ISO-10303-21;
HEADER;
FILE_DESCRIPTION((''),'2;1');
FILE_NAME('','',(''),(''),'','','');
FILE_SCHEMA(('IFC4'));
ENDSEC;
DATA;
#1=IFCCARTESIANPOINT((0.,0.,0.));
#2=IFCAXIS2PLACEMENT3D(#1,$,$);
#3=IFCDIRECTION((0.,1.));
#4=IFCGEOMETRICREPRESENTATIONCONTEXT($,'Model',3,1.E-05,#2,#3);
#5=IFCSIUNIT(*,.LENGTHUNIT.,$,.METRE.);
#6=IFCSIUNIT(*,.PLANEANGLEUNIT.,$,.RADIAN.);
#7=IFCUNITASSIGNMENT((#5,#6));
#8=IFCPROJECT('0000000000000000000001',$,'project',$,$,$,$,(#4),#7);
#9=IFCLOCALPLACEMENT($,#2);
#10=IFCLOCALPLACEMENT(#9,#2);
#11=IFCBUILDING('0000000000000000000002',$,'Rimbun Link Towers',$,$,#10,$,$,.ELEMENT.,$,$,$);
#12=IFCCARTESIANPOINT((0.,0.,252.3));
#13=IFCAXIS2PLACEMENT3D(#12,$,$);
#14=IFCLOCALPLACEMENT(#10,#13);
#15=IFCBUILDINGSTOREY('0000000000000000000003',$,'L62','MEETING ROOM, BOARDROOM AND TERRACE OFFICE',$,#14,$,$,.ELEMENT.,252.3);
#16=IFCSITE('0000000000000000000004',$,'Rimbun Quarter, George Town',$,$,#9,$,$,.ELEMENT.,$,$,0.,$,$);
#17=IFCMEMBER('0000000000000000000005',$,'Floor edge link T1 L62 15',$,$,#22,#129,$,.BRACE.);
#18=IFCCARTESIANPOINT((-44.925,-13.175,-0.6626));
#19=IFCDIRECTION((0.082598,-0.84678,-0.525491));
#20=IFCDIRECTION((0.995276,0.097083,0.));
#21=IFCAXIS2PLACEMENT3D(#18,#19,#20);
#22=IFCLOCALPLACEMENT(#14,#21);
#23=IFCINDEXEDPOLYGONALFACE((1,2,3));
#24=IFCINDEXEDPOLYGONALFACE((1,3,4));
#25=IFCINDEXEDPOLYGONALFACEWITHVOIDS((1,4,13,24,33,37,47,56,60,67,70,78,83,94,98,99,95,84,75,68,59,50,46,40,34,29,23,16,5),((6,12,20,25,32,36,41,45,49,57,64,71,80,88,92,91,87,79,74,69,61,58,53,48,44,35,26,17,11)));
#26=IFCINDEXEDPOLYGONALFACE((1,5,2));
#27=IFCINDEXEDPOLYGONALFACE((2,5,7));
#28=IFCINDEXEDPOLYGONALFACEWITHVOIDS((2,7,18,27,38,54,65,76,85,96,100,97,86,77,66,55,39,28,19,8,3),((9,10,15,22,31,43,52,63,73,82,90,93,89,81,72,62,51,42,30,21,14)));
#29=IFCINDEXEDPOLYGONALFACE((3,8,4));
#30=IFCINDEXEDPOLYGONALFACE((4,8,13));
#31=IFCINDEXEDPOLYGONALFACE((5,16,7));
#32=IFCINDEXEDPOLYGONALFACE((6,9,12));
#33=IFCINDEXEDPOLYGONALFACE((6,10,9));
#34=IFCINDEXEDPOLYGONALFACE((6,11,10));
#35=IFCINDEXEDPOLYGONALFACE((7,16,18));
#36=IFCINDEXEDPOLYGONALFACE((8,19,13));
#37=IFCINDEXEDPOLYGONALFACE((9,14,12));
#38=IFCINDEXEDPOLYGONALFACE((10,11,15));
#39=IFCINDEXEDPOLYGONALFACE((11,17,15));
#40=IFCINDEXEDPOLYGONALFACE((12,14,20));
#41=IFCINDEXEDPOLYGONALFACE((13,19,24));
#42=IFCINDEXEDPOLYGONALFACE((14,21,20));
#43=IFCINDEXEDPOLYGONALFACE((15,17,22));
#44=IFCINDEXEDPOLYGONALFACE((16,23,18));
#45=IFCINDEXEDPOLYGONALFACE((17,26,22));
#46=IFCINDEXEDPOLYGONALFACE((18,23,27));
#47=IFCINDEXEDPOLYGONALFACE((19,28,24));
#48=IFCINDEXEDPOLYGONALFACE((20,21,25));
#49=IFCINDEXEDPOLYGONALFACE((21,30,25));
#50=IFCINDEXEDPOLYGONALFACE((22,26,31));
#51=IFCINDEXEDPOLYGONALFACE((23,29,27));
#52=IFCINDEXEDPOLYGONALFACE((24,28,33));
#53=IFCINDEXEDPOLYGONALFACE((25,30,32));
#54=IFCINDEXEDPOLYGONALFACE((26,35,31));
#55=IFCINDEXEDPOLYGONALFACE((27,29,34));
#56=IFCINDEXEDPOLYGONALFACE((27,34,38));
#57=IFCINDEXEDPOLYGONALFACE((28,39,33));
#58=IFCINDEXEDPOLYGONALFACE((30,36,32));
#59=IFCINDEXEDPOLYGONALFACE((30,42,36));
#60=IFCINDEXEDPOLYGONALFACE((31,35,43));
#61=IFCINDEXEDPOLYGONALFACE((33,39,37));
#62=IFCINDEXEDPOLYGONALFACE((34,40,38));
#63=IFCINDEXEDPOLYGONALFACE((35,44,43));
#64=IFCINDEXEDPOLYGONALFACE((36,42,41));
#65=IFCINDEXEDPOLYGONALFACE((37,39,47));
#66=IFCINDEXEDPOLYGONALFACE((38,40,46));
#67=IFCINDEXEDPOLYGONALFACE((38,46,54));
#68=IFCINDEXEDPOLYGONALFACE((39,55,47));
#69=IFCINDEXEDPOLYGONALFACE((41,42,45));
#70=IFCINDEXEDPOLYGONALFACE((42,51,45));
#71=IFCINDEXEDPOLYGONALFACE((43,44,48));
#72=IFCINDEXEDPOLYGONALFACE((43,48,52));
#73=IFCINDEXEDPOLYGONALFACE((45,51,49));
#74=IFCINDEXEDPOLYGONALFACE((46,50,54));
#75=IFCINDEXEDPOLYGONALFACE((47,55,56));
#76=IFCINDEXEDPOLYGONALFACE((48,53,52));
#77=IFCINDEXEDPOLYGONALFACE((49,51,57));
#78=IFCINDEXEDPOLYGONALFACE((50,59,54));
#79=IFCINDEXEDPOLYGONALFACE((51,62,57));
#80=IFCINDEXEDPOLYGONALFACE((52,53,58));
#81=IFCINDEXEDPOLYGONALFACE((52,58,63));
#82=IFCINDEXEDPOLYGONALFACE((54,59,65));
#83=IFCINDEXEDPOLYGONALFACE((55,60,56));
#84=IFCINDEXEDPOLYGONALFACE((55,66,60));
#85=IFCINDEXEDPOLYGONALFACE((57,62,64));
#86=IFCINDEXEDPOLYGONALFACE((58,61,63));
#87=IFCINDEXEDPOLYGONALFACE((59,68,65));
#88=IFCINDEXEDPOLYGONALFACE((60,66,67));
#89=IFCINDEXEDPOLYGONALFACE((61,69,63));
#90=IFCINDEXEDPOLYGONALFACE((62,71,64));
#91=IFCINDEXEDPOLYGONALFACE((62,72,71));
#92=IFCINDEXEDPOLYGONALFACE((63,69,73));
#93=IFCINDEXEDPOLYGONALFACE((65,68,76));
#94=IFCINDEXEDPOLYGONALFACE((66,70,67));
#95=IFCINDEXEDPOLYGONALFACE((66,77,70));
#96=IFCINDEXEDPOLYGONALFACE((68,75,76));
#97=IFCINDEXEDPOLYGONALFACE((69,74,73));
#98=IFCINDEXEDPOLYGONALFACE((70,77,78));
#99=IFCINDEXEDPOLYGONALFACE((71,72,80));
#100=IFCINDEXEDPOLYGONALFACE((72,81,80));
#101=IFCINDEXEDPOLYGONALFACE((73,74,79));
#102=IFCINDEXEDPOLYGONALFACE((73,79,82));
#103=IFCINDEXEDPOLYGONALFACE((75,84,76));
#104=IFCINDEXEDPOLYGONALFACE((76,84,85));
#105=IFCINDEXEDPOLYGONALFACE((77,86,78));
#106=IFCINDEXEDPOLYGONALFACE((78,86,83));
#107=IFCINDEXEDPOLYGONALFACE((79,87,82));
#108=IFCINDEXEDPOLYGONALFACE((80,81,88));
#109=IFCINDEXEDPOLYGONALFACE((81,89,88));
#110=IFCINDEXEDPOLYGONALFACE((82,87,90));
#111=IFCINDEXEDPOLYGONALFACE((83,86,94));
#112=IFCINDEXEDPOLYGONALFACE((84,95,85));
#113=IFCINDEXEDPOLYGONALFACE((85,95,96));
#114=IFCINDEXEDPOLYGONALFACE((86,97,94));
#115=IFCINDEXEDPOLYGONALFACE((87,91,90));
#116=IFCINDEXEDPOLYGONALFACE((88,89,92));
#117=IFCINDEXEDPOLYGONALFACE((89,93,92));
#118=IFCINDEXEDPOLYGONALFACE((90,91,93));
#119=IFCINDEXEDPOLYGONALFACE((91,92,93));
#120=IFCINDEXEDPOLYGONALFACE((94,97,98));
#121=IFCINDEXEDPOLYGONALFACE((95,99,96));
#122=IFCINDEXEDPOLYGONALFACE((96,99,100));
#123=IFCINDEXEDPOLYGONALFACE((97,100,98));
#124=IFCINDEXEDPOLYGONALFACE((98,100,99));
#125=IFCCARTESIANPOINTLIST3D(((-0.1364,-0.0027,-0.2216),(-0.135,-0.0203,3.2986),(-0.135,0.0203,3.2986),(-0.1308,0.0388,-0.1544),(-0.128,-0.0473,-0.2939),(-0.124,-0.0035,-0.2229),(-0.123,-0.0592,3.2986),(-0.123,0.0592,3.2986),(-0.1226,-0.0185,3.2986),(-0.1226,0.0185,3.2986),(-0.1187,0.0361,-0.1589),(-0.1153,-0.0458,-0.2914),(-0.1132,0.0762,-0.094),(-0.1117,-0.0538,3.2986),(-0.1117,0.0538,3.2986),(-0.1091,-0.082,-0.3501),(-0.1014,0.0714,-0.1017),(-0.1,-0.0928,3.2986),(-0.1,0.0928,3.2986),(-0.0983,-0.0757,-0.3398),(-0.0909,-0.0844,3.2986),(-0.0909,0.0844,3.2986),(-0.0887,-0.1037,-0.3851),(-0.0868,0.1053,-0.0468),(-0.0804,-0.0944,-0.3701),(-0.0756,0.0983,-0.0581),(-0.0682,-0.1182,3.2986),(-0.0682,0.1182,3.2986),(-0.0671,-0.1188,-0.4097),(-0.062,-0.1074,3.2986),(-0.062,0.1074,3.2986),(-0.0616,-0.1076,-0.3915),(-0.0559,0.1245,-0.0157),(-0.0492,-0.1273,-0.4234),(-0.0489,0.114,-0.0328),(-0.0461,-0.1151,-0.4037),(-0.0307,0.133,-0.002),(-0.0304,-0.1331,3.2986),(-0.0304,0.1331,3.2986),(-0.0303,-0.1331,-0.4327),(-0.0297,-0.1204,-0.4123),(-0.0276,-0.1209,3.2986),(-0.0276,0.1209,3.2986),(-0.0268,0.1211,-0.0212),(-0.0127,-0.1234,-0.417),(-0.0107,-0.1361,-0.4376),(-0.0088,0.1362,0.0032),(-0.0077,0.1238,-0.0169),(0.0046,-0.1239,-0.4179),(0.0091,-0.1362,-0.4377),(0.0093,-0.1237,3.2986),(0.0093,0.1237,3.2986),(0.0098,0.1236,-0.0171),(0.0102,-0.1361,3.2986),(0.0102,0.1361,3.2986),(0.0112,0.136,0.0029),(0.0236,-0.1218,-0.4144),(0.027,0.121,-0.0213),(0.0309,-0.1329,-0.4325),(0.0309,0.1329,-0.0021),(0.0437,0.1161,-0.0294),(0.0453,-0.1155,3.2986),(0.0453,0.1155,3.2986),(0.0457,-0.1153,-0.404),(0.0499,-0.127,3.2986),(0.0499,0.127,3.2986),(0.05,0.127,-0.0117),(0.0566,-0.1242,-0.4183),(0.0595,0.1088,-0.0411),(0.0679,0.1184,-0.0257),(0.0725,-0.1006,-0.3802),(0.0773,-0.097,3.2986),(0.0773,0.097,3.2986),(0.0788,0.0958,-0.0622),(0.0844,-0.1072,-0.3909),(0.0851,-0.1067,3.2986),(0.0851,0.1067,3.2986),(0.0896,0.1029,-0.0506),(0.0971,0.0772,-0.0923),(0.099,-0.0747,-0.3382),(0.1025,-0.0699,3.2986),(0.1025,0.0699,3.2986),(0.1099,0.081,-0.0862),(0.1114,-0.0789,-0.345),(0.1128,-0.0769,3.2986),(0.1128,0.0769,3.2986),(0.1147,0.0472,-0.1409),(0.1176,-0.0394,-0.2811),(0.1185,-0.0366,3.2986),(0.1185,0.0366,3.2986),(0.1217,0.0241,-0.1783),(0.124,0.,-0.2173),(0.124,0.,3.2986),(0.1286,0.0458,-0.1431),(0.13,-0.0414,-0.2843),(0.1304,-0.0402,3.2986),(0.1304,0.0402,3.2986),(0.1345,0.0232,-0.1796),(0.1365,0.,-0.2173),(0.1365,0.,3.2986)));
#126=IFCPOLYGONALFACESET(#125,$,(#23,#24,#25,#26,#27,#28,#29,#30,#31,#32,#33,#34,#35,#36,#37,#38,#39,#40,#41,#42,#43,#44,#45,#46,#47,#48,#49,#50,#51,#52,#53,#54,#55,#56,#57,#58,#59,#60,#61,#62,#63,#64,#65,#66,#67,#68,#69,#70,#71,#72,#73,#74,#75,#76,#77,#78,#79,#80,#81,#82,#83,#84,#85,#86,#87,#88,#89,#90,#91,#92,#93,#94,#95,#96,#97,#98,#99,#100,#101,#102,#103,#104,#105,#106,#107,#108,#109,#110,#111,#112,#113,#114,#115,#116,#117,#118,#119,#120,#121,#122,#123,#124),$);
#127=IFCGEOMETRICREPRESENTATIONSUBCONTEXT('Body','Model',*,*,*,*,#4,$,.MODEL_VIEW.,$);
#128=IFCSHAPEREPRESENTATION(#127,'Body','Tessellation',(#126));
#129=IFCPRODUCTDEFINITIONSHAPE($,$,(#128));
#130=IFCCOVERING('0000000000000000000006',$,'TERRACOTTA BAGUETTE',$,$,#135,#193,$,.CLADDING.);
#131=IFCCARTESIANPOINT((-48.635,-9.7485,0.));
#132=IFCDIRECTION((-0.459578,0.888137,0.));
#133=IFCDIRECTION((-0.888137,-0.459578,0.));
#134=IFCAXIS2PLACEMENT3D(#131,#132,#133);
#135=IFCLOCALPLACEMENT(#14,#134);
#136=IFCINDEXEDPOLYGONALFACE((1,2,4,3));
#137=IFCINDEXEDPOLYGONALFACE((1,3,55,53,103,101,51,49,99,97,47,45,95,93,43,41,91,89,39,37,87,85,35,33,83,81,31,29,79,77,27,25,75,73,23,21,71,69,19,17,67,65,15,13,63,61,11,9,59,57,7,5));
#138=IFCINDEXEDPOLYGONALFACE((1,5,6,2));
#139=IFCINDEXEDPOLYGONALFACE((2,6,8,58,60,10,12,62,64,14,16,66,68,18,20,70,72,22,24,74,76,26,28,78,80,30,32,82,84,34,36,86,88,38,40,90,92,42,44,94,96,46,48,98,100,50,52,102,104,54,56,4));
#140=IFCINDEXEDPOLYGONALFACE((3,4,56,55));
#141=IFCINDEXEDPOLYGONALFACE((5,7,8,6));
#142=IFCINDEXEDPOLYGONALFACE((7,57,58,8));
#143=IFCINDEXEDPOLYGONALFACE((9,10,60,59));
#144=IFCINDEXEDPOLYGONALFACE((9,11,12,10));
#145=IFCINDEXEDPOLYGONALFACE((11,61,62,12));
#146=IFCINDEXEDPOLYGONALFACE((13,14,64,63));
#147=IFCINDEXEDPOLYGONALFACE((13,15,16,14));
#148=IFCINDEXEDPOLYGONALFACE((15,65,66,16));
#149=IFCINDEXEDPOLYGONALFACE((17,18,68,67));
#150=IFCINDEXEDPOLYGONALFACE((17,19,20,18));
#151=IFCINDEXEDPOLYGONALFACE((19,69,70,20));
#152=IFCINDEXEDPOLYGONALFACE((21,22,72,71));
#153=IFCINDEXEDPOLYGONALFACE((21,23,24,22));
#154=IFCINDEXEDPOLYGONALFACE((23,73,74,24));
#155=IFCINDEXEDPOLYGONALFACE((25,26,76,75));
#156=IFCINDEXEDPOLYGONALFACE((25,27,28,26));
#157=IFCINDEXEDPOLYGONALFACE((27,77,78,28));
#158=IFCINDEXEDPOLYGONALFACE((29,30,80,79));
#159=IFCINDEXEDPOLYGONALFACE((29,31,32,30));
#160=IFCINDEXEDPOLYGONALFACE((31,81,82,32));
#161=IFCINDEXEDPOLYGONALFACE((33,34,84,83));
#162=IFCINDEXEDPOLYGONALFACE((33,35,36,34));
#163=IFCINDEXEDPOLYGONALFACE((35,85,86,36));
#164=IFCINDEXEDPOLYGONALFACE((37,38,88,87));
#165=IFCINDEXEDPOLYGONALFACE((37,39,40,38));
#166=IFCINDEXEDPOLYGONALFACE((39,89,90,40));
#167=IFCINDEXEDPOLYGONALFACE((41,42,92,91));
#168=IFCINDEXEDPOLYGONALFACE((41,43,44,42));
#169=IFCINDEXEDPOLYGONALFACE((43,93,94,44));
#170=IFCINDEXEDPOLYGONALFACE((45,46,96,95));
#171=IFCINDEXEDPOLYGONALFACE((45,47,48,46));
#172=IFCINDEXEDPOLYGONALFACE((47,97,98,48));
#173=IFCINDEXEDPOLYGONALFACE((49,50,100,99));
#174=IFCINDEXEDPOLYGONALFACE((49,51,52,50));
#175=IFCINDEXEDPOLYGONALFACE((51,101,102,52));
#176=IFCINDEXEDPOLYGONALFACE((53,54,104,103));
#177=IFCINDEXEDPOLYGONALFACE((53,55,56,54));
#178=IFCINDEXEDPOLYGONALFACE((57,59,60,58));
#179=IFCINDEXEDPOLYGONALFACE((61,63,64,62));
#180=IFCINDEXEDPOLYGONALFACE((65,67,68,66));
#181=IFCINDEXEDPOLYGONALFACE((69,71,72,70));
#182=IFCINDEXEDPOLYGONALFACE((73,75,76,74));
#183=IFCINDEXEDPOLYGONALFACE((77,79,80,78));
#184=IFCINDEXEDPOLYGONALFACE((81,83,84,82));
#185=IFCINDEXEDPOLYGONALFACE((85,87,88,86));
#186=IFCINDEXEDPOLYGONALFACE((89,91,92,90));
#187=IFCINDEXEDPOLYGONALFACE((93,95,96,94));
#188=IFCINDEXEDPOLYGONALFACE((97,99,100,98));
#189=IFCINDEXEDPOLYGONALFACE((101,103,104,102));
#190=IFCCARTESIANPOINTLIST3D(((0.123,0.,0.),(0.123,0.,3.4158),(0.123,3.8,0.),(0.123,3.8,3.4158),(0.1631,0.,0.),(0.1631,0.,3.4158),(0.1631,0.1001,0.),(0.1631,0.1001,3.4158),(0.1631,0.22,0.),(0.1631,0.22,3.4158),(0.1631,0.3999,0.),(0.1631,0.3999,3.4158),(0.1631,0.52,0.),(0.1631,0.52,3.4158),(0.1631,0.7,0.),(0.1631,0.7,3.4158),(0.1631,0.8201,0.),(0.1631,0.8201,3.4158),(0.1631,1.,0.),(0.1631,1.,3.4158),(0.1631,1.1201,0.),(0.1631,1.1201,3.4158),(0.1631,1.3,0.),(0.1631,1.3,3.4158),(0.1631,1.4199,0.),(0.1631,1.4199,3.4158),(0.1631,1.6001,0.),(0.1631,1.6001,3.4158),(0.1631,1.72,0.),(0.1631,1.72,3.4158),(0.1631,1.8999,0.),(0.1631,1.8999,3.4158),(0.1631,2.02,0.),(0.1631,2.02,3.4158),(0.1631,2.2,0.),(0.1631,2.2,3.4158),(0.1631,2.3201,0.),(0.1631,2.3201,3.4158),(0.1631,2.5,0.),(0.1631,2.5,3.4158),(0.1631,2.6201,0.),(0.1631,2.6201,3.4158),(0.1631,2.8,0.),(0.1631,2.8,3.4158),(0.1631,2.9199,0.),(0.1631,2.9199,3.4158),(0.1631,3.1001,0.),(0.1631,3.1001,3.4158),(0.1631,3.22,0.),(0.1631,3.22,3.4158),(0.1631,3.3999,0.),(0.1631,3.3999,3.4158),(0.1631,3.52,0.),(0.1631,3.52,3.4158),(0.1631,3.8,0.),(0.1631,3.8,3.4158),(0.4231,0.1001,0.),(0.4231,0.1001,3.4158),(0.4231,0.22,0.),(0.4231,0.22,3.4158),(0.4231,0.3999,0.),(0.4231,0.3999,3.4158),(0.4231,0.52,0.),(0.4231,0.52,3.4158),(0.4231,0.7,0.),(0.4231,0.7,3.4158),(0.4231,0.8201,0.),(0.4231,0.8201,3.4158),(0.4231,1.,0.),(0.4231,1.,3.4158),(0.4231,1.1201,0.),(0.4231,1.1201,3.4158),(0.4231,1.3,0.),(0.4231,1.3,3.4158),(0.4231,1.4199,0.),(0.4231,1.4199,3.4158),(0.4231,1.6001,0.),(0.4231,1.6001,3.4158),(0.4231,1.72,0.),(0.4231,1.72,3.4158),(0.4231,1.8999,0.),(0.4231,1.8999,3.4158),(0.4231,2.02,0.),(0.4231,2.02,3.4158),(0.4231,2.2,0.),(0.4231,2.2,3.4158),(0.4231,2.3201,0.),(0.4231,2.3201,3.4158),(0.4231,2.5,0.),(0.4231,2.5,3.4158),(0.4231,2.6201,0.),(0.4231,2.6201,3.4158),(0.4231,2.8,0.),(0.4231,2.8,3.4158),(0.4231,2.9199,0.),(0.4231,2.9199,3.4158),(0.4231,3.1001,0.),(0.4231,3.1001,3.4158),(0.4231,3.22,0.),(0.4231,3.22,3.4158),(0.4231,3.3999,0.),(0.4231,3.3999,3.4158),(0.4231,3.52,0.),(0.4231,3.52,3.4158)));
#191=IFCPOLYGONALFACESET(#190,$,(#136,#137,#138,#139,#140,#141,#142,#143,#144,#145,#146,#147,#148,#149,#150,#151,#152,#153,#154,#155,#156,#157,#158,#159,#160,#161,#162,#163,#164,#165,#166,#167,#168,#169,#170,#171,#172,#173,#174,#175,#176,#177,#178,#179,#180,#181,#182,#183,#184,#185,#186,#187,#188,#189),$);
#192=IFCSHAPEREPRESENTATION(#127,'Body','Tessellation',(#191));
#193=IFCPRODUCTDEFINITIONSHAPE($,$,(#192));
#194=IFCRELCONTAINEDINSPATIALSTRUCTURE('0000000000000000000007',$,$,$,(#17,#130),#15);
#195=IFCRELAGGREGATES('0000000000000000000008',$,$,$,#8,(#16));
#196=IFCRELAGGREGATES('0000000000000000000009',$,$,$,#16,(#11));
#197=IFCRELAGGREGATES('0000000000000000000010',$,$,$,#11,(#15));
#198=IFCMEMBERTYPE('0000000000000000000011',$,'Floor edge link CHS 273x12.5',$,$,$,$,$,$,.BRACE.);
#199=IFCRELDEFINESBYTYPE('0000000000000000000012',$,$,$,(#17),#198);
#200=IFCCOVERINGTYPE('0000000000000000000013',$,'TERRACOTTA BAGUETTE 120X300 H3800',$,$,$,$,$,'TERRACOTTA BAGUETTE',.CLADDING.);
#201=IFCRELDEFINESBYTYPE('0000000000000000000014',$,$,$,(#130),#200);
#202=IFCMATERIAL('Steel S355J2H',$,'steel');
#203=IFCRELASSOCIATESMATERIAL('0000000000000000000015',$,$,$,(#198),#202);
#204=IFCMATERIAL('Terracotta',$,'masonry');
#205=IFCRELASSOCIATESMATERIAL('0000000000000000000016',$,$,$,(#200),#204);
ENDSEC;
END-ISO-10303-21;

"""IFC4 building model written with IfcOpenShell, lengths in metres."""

from ifc_helpers import new_model, si_unit, direction, frame, origin, origin_2d, place, context, subcontext, project, spatial, polyline, hollow_circle, outline, extrude, clip, halfspace, material, material_profile, profile_set, type_object, element, save


model = new_model("IFC4")

# Units and contexts
model_context = context("Model", 3, precision=1e-05, world=origin(), true_north=direction((0.0, 1.0)))
body_context = subcontext(model_context, "Body", "Model", "MODEL_VIEW")
ifc_project = project(units=[si_unit("LENGTHUNIT", "METRE"), si_unit("PLANEANGLEUNIT", "RADIAN")], contexts=[model_context])

# Site, building, storey
site_placement = place(None, origin())
site = spatial("IfcSite", under=ifc_project, at=site_placement, Name="Rimbun Quarter, George Town", CompositionType="ELEMENT", RefElevation=0.0)
building_placement = place(site_placement, origin())
building = spatial("IfcBuilding", under=site, at=building_placement, Name="Rimbun Link Towers", CompositionType="ELEMENT")
storey_placement = place(building_placement, frame((0.0, 0.0, 252.3)))
storey = spatial("IfcBuildingStorey", under=building, at=storey_placement, Name="L62", Description="MEETING ROOM, BOARDROOM AND TERRACE OFFICE", CompositionType="ELEMENT", Elevation=252.3)

# Member
ifc_material_1 = material(Name="Steel S355J2H", Category="steel")
ifc_material_profile_1 = material_profile(ifc_material_1, hollow_circle(Radius=0.1365, WallThickness=0.0125, at=origin_2d()), Name="CHS 273x12.5")
ifc_profile_set_1 = profile_set([ifc_material_profile_1], Name="Steel S355J2H")
member_type_1 = type_object("IfcMemberType", Name="Floor edge link CHS 273x12.5", PredefinedType="BRACE", material=ifc_profile_set_1)
member_1_placement = place(storey_placement, frame((-44.925, -13.175, -0.6626), z_axis=(0.082598, -0.84678, -0.525491), x_axis=(0.995276, 0.097083, 0.0)))
element("IfcMember", 1, at=member_1_placement, inside=storey, type_object=member_type_1, Name="Floor edge link T1 L62 15", PredefinedType="BRACE", context=body_context, shape_type="Clipping", body=[
    clip(extrude(hollow_circle(Radius=0.1365, WallThickness=0.0125, at=origin_2d()), frame((0.0, 0.0, -0.4609)), (0.0, 0.0, 1.0), 3.7595), halfspace(frame((0.0, 0.0, -0.2173), z_axis=(0.0, 0.850799, -0.525491)), False)),
])

# Covering
ifc_material_2 = material(Name="Terracotta", Category="masonry")
ifc_material_profile_2 = material_profile(ifc_material_2, outline(polyline([(0.123, 0.0), (0.1631, 0.0), (0.1631, 0.1001), (0.4231, 0.1001), (0.4231, 0.22), (0.1631, 0.22), (0.1631, 0.3999), (0.4231, 0.3999), (0.4231, 0.52), (0.1631, 0.52), (0.1631, 0.7), (0.4231, 0.7), (0.4231, 0.8201), (0.1631, 0.8201), (0.1631, 1.0), (0.4231, 1.0), (0.4231, 1.1201), (0.1631, 1.1201), (0.1631, 1.3), (0.4231, 1.3), (0.4231, 1.4199), (0.1631, 1.4199), (0.1631, 1.6001), (0.4231, 1.6001), (0.4231, 1.72), (0.1631, 1.72), (0.1631, 1.8999), (0.4231, 1.8999), (0.4231, 2.02), (0.1631, 2.02), (0.1631, 2.2), (0.4231, 2.2), (0.4231, 2.3201), (0.1631, 2.3201), (0.1631, 2.5), (0.4231, 2.5), (0.4231, 2.6201), (0.1631, 2.6201), (0.1631, 2.8), (0.4231, 2.8), (0.4231, 2.9199), (0.1631, 2.9199), (0.1631, 3.1001), (0.4231, 3.1001), (0.4231, 3.22), (0.1631, 3.22), (0.1631, 3.3999), (0.4231, 3.3999), (0.4231, 3.52), (0.1631, 3.52), (0.1631, 3.8), (0.123, 3.8), (0.123, 0.0)])), Name="BAGUETTE 120X300")
ifc_profile_set_2 = profile_set([ifc_material_profile_2], Name="Terracotta")
covering_type = type_object("IfcCoveringType", Name="TERRACOTTA BAGUETTE 120X300 H3800", ElementType="TERRACOTTA BAGUETTE", PredefinedType="CLADDING", material=ifc_profile_set_2)
covering_1_placement = place(storey_placement, frame((-48.635, -9.7485, 0.0), z_axis=(-0.459578, 0.888137, 0.0), x_axis=(-0.888137, -0.459578, 0.0)))
element("IfcCovering", 2, at=covering_1_placement, inside=storey, type_object=covering_type, Name="TERRACOTTA BAGUETTE", PredefinedType="CLADDING", context=body_context, shape_type="SweptSolid", body=[
    extrude(outline(polyline([(0.123, 0.0), (0.1631, 0.0), (0.1631, 0.1001), (0.4231, 0.1001), (0.4231, 0.22), (0.1631, 0.22), (0.1631, 0.3999), (0.4231, 0.3999), (0.4231, 0.52), (0.1631, 0.52), (0.1631, 0.7), (0.4231, 0.7), (0.4231, 0.8201), (0.1631, 0.8201), (0.1631, 1.0), (0.4231, 1.0), (0.4231, 1.1201), (0.1631, 1.1201), (0.1631, 1.3), (0.4231, 1.3), (0.4231, 1.4199), (0.1631, 1.4199), (0.1631, 1.6001), (0.4231, 1.6001), (0.4231, 1.72), (0.1631, 1.72), (0.1631, 1.8999), (0.4231, 1.8999), (0.4231, 2.02), (0.1631, 2.02), (0.1631, 2.2), (0.4231, 2.2), (0.4231, 2.3201), (0.1631, 2.3201), (0.1631, 2.5), (0.4231, 2.5), (0.4231, 2.6201), (0.1631, 2.6201), (0.1631, 2.8), (0.4231, 2.8), (0.4231, 2.9199), (0.1631, 2.9199), (0.1631, 3.1001), (0.4231, 3.1001), (0.4231, 3.22), (0.1631, 3.22), (0.1631, 3.3999), (0.4231, 3.3999), (0.4231, 3.52), (0.1631, 3.52), (0.1631, 3.8), (0.123, 3.8), (0.123, 0.0)])), origin(), (0.0, 0.0, 1.0), 3.4158),
])

save(model, "model.ifc")
